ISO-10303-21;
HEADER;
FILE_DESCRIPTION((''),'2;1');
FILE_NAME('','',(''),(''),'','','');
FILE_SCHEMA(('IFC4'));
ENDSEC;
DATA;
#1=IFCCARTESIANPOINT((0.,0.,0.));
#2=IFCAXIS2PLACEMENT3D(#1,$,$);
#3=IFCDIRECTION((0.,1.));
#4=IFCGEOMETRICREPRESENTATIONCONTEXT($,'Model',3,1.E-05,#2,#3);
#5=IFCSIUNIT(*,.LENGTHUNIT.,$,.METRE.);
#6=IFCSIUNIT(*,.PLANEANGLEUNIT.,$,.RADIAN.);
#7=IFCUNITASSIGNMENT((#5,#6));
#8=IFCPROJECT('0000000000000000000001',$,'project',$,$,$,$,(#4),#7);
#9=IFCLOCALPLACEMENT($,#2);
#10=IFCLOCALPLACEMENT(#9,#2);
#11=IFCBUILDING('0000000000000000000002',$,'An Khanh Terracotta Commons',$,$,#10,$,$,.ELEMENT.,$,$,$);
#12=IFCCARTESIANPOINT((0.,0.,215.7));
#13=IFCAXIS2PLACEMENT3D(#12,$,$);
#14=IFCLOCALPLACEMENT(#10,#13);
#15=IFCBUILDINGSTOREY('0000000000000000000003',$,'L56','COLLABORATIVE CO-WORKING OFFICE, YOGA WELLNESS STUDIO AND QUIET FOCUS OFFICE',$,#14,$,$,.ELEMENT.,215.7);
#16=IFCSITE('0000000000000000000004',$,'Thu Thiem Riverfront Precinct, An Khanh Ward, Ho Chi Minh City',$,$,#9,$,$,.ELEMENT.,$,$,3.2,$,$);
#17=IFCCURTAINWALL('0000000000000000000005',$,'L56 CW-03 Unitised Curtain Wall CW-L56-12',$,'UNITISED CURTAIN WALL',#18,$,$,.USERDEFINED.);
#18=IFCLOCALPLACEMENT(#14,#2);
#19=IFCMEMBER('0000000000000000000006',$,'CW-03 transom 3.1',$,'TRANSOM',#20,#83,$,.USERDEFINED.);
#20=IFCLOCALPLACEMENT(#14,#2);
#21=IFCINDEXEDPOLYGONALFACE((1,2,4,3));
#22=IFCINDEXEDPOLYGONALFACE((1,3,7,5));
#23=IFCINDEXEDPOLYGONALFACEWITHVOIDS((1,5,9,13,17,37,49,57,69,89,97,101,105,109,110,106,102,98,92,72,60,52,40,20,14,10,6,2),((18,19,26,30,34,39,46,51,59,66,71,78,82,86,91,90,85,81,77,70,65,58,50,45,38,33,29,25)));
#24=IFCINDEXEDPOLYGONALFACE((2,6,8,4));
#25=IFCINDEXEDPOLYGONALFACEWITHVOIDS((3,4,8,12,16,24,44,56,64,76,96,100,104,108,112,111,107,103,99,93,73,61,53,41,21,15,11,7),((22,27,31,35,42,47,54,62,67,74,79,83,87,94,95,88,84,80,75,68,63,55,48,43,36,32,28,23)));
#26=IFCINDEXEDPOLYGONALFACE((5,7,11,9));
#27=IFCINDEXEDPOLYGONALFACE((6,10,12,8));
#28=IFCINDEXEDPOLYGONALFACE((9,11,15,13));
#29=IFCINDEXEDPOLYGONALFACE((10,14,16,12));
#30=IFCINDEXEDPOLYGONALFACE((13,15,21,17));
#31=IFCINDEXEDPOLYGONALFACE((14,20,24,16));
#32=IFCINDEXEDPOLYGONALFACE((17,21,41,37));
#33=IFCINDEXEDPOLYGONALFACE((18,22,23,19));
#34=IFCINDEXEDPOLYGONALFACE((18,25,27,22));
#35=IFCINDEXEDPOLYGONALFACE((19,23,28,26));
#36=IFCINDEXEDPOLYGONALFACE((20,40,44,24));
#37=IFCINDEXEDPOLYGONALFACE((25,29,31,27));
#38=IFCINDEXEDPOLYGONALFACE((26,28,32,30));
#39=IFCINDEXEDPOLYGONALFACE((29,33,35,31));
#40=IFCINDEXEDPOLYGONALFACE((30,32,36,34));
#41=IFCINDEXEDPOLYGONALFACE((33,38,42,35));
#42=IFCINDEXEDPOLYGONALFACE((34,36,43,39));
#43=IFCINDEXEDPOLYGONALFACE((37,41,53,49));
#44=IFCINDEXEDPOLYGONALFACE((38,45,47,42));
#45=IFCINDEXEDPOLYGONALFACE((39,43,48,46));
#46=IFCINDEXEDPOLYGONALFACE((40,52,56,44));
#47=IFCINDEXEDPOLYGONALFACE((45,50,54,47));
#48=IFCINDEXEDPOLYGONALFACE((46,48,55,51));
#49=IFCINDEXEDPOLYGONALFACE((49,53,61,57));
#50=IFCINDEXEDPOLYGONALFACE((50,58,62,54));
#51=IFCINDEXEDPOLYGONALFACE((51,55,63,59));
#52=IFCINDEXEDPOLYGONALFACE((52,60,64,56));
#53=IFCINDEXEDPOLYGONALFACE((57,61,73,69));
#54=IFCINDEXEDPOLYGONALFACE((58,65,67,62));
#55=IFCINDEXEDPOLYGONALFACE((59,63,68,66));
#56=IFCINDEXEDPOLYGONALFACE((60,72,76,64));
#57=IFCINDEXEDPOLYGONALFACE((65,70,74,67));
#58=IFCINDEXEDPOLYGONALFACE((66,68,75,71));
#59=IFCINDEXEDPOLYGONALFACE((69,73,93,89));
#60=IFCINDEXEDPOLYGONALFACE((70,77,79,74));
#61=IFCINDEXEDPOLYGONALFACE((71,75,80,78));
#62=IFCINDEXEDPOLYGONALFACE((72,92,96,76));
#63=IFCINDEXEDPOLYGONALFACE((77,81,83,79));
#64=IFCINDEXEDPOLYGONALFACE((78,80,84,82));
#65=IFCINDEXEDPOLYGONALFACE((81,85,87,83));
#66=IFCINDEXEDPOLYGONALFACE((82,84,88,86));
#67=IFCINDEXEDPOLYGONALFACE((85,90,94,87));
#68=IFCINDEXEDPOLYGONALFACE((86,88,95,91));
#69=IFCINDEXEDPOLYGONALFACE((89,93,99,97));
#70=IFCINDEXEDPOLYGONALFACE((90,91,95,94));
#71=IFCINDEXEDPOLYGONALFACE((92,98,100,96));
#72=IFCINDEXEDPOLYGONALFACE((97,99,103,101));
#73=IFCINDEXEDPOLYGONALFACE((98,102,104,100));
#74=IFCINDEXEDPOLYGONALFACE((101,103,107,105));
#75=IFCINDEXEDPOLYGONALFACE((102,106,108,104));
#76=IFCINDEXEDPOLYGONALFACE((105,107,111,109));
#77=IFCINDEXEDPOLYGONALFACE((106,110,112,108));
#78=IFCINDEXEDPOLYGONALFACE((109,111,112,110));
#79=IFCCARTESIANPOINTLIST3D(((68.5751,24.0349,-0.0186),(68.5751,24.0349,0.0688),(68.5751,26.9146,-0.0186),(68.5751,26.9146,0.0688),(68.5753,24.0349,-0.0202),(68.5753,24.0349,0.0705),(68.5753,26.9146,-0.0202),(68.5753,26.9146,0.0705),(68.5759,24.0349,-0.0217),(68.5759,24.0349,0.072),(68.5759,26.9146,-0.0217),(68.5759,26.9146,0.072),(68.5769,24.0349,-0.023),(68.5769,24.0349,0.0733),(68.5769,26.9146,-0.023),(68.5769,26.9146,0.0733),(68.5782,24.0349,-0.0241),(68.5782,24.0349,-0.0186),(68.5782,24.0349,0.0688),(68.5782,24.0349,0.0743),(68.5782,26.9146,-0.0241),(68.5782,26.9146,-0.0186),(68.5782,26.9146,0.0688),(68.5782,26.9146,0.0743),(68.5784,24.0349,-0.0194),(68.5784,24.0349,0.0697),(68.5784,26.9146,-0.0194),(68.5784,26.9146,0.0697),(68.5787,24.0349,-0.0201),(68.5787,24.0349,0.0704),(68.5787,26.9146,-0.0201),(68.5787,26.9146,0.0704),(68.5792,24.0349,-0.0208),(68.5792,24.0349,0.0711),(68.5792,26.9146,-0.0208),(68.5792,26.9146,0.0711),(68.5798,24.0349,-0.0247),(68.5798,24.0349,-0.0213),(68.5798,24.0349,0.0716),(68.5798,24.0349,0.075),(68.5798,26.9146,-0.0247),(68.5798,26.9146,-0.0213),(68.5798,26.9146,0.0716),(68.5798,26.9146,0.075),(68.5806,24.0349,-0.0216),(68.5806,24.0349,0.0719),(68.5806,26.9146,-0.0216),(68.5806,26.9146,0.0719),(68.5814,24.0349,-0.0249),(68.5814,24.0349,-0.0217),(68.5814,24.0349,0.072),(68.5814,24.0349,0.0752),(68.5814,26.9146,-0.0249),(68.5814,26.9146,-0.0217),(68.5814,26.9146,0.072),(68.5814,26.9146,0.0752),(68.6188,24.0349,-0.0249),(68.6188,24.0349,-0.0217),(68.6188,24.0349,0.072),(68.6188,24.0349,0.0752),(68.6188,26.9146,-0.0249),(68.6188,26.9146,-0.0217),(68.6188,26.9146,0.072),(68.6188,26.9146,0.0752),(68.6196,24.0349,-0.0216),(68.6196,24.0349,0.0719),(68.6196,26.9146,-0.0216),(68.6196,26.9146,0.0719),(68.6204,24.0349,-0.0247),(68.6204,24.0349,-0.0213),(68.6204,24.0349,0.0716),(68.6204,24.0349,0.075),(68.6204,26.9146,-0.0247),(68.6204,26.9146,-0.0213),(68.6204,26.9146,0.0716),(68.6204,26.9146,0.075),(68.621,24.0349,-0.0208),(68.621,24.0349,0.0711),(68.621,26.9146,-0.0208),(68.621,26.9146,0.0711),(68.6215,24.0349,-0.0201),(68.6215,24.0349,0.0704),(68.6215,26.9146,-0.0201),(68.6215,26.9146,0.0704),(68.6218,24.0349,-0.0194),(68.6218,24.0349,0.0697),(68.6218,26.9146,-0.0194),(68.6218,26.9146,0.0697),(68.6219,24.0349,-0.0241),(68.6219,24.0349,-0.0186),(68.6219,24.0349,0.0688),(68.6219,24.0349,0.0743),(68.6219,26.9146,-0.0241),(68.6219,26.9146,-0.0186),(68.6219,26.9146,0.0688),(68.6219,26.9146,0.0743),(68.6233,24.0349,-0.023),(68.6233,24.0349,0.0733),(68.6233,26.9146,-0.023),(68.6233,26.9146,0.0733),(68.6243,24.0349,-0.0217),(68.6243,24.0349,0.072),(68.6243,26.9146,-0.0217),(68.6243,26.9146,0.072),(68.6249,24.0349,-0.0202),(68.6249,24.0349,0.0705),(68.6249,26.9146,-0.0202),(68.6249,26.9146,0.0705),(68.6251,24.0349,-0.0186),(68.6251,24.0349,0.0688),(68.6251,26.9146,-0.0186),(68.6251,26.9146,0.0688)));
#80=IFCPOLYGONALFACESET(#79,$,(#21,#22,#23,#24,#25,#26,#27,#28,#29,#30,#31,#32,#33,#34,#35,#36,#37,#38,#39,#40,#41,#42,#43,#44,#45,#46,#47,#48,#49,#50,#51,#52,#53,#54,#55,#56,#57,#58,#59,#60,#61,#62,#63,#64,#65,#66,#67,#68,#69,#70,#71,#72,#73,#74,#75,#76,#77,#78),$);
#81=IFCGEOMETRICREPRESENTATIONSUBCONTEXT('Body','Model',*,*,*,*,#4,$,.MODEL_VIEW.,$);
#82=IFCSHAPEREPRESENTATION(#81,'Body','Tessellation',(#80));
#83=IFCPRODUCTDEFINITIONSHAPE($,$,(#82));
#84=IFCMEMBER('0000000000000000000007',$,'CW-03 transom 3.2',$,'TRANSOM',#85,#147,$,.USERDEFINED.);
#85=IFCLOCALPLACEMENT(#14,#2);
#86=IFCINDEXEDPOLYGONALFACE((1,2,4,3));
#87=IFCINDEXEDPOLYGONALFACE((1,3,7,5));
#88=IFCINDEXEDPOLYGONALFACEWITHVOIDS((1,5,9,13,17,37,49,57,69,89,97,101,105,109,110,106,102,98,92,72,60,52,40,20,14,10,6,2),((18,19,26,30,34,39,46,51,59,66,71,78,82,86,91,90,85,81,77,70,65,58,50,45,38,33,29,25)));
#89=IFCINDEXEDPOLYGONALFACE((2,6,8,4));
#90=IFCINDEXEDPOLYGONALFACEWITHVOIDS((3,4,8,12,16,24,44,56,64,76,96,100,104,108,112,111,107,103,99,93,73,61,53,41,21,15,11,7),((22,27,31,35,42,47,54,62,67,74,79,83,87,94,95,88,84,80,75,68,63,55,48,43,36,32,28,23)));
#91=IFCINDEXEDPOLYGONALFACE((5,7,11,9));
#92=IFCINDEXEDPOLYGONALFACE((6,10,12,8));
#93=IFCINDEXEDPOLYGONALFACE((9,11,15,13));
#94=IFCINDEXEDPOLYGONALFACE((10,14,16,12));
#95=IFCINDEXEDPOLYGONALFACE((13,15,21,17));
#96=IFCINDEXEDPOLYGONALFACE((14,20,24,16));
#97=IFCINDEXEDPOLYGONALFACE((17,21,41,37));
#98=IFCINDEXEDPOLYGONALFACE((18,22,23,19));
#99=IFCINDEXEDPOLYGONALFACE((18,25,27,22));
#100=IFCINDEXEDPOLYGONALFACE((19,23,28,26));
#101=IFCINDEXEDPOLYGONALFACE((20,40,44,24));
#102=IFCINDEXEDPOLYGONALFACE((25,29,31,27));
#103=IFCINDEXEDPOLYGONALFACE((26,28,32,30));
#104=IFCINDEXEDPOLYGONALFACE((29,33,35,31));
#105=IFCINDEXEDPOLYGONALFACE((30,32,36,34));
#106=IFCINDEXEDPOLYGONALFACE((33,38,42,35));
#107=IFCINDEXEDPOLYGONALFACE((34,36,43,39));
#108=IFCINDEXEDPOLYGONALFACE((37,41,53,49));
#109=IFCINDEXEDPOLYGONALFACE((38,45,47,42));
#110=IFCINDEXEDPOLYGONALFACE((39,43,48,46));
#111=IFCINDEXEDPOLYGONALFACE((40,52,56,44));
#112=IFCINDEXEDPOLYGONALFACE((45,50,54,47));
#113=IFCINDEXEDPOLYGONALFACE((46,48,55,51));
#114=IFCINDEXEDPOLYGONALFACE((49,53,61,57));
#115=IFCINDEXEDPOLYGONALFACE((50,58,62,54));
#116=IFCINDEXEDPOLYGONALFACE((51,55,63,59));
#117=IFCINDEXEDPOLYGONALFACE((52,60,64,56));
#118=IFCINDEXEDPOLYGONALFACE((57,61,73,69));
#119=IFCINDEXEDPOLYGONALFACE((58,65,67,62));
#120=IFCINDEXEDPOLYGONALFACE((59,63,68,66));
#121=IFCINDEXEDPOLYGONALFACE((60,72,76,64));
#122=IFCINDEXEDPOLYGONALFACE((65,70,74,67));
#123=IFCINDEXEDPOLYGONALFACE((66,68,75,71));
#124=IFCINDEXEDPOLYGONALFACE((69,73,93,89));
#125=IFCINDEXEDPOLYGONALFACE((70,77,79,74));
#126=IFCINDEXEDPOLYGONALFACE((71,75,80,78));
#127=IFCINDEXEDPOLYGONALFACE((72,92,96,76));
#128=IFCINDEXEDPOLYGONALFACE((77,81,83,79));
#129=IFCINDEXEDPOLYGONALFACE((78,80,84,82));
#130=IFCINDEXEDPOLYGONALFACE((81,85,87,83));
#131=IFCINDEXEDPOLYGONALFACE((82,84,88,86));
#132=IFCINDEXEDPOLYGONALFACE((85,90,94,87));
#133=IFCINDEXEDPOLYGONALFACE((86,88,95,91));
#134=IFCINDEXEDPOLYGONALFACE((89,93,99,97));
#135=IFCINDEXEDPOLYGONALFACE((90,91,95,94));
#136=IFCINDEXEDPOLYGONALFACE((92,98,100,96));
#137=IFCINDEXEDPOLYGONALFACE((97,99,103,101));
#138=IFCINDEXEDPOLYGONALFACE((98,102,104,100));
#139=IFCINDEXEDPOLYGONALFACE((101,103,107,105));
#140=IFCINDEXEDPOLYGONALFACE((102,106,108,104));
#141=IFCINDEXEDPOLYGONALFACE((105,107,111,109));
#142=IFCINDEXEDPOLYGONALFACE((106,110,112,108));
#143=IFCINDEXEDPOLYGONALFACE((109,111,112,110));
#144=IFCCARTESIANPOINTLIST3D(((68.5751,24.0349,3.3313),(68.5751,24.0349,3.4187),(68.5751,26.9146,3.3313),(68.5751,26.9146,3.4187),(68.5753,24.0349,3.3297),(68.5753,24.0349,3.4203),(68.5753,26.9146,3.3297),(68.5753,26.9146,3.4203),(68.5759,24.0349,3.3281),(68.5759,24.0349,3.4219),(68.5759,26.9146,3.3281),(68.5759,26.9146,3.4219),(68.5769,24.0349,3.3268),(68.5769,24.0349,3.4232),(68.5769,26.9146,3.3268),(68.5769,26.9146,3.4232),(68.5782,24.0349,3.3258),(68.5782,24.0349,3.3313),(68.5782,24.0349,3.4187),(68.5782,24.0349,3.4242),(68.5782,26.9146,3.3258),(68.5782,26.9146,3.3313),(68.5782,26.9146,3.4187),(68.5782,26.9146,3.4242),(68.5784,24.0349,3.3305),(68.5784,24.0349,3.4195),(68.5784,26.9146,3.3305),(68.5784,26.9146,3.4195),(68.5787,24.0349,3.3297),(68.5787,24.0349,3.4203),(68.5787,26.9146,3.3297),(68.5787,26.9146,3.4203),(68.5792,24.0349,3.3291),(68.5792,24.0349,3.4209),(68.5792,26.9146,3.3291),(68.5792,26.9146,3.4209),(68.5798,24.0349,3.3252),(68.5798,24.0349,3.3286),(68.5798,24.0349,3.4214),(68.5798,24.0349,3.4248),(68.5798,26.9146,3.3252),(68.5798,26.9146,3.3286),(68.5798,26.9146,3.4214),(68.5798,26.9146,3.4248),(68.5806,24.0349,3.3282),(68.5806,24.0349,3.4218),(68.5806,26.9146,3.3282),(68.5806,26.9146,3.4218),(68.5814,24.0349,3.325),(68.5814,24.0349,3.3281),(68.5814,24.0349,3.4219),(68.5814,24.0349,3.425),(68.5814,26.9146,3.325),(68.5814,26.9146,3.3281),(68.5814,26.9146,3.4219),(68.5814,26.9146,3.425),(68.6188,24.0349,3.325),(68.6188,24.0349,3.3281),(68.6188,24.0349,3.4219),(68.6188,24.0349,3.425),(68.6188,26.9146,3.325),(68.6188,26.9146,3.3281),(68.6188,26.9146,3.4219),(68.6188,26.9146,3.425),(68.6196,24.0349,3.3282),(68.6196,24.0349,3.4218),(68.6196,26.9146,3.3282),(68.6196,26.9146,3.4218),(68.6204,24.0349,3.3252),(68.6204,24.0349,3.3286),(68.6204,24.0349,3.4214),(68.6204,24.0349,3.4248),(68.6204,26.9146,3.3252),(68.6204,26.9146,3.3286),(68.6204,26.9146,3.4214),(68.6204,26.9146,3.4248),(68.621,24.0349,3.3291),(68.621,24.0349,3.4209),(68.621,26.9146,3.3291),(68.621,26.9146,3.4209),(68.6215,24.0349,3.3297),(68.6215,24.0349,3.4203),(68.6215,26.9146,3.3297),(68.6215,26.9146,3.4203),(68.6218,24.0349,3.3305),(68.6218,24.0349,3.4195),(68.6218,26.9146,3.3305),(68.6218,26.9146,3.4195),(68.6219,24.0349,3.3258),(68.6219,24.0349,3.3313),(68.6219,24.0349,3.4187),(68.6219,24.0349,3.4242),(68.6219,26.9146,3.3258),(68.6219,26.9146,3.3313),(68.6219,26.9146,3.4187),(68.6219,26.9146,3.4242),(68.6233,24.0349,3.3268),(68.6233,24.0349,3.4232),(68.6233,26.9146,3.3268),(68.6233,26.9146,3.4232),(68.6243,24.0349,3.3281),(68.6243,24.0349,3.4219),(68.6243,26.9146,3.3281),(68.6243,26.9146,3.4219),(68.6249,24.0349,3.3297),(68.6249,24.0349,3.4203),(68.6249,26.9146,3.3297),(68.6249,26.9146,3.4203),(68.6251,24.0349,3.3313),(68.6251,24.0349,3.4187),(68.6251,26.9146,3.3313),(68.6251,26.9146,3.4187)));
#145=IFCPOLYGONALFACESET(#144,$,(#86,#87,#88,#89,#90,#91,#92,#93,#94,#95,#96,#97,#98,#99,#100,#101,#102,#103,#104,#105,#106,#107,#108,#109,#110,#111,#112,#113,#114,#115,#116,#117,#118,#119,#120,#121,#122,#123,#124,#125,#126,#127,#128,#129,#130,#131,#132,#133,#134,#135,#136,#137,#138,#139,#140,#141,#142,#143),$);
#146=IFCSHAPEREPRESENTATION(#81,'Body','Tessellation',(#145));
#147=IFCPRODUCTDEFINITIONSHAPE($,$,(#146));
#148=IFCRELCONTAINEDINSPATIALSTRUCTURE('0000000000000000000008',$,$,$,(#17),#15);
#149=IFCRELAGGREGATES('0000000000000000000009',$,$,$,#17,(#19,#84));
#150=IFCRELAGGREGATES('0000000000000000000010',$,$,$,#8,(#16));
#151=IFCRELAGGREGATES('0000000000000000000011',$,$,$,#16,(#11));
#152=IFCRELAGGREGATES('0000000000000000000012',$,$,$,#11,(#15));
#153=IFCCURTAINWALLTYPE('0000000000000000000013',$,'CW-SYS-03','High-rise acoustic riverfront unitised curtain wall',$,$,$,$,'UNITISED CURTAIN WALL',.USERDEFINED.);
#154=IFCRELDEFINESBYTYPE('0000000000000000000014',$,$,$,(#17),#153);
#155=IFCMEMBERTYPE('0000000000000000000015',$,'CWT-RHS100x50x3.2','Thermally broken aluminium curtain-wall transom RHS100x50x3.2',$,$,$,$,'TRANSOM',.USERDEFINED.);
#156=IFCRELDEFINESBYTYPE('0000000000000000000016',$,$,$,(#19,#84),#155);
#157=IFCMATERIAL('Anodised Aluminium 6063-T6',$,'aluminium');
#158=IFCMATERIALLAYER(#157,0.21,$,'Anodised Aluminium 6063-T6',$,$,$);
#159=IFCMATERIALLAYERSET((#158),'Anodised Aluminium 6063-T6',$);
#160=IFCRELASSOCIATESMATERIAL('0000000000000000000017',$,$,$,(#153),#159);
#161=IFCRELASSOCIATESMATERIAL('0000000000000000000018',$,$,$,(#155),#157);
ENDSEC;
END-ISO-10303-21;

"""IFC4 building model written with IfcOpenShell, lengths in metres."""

from ifc_helpers import new_model, si_unit, direction, frame, origin, origin_2d, place, context, subcontext, project, spatial, hollow_rectangle, extrude, material, layer, layer_set, material_profile, profile_set, type_object, element, aggregate, save


model = new_model("IFC4")

# Units and contexts
model_context = context("Model", 3, precision=1e-05, world=origin(), true_north=direction((0.0, 1.0)))
body_context = subcontext(model_context, "Body", "Model", "MODEL_VIEW")
ifc_project = project(units=[si_unit("LENGTHUNIT", "METRE"), si_unit("PLANEANGLEUNIT", "RADIAN")], contexts=[model_context])

# Site, building, storey
site_placement = place(None, origin())
site = spatial("IfcSite", under=ifc_project, at=site_placement, Name="Thu Thiem Riverfront Precinct, An Khanh Ward, Ho Chi Minh City", CompositionType="ELEMENT", RefElevation=3.2)
building_placement = place(site_placement, origin())
building = spatial("IfcBuilding", under=site, at=building_placement, Name="An Khanh Terracotta Commons", CompositionType="ELEMENT")
storey_placement = place(building_placement, frame((0.0, 0.0, 215.7)))
storey = spatial("IfcBuildingStorey", under=building, at=storey_placement, Name="L56", Description="COLLABORATIVE CO-WORKING OFFICE, YOGA WELLNESS STUDIO AND QUIET FOCUS OFFICE", CompositionType="ELEMENT", Elevation=215.7)

# Curtain wall
ifc_material_1 = material(Name="Anodised Aluminium 6063-T6", Category="aluminium")
ifc_layer_1 = layer(ifc_material_1, 0.21, Name="Anodised Aluminium 6063-T6")
ifc_layer_set_1 = layer_set([ifc_layer_1], Name="Anodised Aluminium 6063-T6")
curtain_wall_type = type_object("IfcCurtainWallType", Name="CW-SYS-03", Description="High-rise acoustic riverfront unitised curtain wall", ElementType="UNITISED CURTAIN WALL", PredefinedType="USERDEFINED", material=ifc_layer_set_1)
curtain_wall_1_placement = place(storey_placement, origin())
curtain_wall_1 = element("IfcCurtainWall", 1, at=curtain_wall_1_placement, inside=storey, type_object=curtain_wall_type, Name="L56 CW-03 Unitised Curtain Wall CW-L56-12", ObjectType="UNITISED CURTAIN WALL", PredefinedType="USERDEFINED")

# Members
ifc_material_profile_1 = material_profile(ifc_material_1, hollow_rectangle(XDim=0.05, YDim=0.1001, WallThickness=0.0032, InnerFilletRadius=0.0032, OuterFilletRadius=0.0063, at=origin_2d()), Name="RHS100x50x3.2")
ifc_profile_set_1 = profile_set([ifc_material_profile_1], Name="Anodised Aluminium 6063-T6")
member_type_1 = type_object("IfcMemberType", Name="CWT-RHS100x50x3.2", Description="Thermally broken aluminium curtain-wall transom RHS100x50x3.2", ElementType="TRANSOM", PredefinedType="USERDEFINED", material=ifc_profile_set_1)
member_1_placement = place(storey_placement, frame((68.6001, 24.0349, 0.0251), z_axis=(0.0, 1.0, 0.0), x_axis=(-1.0, 0.0, 0.0)))
member_1 = element("IfcMember", 2, at=member_1_placement, type_object=member_type_1, Name="CW-03 transom 3.1", ObjectType="TRANSOM", PredefinedType="USERDEFINED", context=body_context, shape_type="SweptSolid", body=[
    extrude(hollow_rectangle(XDim=0.05, YDim=0.1001, WallThickness=0.0032, InnerFilletRadius=0.0032, OuterFilletRadius=0.0063, at=origin_2d()), origin(), (0.0, 0.0, 1.0), 2.8796),
])
member_2_placement = place(storey_placement, frame((68.6001, 24.0349, 3.375), z_axis=(0.0, 1.0, 0.0), x_axis=(-1.0, 0.0, 0.0)))
member_2 = element("IfcMember", 3, at=member_2_placement, type_object=member_type_1, Name="CW-03 transom 3.2", ObjectType="TRANSOM", PredefinedType="USERDEFINED", context=body_context, shape_type="SweptSolid", body=[
    extrude(hollow_rectangle(XDim=0.05, YDim=0.1001, WallThickness=0.0032, InnerFilletRadius=0.0032, OuterFilletRadius=0.0063, at=origin_2d()), origin(), (0.0, 0.0, 1.0), 2.8796),
])

aggregate(curtain_wall_1, [member_1, member_2])

save(model, "model.ifc")
